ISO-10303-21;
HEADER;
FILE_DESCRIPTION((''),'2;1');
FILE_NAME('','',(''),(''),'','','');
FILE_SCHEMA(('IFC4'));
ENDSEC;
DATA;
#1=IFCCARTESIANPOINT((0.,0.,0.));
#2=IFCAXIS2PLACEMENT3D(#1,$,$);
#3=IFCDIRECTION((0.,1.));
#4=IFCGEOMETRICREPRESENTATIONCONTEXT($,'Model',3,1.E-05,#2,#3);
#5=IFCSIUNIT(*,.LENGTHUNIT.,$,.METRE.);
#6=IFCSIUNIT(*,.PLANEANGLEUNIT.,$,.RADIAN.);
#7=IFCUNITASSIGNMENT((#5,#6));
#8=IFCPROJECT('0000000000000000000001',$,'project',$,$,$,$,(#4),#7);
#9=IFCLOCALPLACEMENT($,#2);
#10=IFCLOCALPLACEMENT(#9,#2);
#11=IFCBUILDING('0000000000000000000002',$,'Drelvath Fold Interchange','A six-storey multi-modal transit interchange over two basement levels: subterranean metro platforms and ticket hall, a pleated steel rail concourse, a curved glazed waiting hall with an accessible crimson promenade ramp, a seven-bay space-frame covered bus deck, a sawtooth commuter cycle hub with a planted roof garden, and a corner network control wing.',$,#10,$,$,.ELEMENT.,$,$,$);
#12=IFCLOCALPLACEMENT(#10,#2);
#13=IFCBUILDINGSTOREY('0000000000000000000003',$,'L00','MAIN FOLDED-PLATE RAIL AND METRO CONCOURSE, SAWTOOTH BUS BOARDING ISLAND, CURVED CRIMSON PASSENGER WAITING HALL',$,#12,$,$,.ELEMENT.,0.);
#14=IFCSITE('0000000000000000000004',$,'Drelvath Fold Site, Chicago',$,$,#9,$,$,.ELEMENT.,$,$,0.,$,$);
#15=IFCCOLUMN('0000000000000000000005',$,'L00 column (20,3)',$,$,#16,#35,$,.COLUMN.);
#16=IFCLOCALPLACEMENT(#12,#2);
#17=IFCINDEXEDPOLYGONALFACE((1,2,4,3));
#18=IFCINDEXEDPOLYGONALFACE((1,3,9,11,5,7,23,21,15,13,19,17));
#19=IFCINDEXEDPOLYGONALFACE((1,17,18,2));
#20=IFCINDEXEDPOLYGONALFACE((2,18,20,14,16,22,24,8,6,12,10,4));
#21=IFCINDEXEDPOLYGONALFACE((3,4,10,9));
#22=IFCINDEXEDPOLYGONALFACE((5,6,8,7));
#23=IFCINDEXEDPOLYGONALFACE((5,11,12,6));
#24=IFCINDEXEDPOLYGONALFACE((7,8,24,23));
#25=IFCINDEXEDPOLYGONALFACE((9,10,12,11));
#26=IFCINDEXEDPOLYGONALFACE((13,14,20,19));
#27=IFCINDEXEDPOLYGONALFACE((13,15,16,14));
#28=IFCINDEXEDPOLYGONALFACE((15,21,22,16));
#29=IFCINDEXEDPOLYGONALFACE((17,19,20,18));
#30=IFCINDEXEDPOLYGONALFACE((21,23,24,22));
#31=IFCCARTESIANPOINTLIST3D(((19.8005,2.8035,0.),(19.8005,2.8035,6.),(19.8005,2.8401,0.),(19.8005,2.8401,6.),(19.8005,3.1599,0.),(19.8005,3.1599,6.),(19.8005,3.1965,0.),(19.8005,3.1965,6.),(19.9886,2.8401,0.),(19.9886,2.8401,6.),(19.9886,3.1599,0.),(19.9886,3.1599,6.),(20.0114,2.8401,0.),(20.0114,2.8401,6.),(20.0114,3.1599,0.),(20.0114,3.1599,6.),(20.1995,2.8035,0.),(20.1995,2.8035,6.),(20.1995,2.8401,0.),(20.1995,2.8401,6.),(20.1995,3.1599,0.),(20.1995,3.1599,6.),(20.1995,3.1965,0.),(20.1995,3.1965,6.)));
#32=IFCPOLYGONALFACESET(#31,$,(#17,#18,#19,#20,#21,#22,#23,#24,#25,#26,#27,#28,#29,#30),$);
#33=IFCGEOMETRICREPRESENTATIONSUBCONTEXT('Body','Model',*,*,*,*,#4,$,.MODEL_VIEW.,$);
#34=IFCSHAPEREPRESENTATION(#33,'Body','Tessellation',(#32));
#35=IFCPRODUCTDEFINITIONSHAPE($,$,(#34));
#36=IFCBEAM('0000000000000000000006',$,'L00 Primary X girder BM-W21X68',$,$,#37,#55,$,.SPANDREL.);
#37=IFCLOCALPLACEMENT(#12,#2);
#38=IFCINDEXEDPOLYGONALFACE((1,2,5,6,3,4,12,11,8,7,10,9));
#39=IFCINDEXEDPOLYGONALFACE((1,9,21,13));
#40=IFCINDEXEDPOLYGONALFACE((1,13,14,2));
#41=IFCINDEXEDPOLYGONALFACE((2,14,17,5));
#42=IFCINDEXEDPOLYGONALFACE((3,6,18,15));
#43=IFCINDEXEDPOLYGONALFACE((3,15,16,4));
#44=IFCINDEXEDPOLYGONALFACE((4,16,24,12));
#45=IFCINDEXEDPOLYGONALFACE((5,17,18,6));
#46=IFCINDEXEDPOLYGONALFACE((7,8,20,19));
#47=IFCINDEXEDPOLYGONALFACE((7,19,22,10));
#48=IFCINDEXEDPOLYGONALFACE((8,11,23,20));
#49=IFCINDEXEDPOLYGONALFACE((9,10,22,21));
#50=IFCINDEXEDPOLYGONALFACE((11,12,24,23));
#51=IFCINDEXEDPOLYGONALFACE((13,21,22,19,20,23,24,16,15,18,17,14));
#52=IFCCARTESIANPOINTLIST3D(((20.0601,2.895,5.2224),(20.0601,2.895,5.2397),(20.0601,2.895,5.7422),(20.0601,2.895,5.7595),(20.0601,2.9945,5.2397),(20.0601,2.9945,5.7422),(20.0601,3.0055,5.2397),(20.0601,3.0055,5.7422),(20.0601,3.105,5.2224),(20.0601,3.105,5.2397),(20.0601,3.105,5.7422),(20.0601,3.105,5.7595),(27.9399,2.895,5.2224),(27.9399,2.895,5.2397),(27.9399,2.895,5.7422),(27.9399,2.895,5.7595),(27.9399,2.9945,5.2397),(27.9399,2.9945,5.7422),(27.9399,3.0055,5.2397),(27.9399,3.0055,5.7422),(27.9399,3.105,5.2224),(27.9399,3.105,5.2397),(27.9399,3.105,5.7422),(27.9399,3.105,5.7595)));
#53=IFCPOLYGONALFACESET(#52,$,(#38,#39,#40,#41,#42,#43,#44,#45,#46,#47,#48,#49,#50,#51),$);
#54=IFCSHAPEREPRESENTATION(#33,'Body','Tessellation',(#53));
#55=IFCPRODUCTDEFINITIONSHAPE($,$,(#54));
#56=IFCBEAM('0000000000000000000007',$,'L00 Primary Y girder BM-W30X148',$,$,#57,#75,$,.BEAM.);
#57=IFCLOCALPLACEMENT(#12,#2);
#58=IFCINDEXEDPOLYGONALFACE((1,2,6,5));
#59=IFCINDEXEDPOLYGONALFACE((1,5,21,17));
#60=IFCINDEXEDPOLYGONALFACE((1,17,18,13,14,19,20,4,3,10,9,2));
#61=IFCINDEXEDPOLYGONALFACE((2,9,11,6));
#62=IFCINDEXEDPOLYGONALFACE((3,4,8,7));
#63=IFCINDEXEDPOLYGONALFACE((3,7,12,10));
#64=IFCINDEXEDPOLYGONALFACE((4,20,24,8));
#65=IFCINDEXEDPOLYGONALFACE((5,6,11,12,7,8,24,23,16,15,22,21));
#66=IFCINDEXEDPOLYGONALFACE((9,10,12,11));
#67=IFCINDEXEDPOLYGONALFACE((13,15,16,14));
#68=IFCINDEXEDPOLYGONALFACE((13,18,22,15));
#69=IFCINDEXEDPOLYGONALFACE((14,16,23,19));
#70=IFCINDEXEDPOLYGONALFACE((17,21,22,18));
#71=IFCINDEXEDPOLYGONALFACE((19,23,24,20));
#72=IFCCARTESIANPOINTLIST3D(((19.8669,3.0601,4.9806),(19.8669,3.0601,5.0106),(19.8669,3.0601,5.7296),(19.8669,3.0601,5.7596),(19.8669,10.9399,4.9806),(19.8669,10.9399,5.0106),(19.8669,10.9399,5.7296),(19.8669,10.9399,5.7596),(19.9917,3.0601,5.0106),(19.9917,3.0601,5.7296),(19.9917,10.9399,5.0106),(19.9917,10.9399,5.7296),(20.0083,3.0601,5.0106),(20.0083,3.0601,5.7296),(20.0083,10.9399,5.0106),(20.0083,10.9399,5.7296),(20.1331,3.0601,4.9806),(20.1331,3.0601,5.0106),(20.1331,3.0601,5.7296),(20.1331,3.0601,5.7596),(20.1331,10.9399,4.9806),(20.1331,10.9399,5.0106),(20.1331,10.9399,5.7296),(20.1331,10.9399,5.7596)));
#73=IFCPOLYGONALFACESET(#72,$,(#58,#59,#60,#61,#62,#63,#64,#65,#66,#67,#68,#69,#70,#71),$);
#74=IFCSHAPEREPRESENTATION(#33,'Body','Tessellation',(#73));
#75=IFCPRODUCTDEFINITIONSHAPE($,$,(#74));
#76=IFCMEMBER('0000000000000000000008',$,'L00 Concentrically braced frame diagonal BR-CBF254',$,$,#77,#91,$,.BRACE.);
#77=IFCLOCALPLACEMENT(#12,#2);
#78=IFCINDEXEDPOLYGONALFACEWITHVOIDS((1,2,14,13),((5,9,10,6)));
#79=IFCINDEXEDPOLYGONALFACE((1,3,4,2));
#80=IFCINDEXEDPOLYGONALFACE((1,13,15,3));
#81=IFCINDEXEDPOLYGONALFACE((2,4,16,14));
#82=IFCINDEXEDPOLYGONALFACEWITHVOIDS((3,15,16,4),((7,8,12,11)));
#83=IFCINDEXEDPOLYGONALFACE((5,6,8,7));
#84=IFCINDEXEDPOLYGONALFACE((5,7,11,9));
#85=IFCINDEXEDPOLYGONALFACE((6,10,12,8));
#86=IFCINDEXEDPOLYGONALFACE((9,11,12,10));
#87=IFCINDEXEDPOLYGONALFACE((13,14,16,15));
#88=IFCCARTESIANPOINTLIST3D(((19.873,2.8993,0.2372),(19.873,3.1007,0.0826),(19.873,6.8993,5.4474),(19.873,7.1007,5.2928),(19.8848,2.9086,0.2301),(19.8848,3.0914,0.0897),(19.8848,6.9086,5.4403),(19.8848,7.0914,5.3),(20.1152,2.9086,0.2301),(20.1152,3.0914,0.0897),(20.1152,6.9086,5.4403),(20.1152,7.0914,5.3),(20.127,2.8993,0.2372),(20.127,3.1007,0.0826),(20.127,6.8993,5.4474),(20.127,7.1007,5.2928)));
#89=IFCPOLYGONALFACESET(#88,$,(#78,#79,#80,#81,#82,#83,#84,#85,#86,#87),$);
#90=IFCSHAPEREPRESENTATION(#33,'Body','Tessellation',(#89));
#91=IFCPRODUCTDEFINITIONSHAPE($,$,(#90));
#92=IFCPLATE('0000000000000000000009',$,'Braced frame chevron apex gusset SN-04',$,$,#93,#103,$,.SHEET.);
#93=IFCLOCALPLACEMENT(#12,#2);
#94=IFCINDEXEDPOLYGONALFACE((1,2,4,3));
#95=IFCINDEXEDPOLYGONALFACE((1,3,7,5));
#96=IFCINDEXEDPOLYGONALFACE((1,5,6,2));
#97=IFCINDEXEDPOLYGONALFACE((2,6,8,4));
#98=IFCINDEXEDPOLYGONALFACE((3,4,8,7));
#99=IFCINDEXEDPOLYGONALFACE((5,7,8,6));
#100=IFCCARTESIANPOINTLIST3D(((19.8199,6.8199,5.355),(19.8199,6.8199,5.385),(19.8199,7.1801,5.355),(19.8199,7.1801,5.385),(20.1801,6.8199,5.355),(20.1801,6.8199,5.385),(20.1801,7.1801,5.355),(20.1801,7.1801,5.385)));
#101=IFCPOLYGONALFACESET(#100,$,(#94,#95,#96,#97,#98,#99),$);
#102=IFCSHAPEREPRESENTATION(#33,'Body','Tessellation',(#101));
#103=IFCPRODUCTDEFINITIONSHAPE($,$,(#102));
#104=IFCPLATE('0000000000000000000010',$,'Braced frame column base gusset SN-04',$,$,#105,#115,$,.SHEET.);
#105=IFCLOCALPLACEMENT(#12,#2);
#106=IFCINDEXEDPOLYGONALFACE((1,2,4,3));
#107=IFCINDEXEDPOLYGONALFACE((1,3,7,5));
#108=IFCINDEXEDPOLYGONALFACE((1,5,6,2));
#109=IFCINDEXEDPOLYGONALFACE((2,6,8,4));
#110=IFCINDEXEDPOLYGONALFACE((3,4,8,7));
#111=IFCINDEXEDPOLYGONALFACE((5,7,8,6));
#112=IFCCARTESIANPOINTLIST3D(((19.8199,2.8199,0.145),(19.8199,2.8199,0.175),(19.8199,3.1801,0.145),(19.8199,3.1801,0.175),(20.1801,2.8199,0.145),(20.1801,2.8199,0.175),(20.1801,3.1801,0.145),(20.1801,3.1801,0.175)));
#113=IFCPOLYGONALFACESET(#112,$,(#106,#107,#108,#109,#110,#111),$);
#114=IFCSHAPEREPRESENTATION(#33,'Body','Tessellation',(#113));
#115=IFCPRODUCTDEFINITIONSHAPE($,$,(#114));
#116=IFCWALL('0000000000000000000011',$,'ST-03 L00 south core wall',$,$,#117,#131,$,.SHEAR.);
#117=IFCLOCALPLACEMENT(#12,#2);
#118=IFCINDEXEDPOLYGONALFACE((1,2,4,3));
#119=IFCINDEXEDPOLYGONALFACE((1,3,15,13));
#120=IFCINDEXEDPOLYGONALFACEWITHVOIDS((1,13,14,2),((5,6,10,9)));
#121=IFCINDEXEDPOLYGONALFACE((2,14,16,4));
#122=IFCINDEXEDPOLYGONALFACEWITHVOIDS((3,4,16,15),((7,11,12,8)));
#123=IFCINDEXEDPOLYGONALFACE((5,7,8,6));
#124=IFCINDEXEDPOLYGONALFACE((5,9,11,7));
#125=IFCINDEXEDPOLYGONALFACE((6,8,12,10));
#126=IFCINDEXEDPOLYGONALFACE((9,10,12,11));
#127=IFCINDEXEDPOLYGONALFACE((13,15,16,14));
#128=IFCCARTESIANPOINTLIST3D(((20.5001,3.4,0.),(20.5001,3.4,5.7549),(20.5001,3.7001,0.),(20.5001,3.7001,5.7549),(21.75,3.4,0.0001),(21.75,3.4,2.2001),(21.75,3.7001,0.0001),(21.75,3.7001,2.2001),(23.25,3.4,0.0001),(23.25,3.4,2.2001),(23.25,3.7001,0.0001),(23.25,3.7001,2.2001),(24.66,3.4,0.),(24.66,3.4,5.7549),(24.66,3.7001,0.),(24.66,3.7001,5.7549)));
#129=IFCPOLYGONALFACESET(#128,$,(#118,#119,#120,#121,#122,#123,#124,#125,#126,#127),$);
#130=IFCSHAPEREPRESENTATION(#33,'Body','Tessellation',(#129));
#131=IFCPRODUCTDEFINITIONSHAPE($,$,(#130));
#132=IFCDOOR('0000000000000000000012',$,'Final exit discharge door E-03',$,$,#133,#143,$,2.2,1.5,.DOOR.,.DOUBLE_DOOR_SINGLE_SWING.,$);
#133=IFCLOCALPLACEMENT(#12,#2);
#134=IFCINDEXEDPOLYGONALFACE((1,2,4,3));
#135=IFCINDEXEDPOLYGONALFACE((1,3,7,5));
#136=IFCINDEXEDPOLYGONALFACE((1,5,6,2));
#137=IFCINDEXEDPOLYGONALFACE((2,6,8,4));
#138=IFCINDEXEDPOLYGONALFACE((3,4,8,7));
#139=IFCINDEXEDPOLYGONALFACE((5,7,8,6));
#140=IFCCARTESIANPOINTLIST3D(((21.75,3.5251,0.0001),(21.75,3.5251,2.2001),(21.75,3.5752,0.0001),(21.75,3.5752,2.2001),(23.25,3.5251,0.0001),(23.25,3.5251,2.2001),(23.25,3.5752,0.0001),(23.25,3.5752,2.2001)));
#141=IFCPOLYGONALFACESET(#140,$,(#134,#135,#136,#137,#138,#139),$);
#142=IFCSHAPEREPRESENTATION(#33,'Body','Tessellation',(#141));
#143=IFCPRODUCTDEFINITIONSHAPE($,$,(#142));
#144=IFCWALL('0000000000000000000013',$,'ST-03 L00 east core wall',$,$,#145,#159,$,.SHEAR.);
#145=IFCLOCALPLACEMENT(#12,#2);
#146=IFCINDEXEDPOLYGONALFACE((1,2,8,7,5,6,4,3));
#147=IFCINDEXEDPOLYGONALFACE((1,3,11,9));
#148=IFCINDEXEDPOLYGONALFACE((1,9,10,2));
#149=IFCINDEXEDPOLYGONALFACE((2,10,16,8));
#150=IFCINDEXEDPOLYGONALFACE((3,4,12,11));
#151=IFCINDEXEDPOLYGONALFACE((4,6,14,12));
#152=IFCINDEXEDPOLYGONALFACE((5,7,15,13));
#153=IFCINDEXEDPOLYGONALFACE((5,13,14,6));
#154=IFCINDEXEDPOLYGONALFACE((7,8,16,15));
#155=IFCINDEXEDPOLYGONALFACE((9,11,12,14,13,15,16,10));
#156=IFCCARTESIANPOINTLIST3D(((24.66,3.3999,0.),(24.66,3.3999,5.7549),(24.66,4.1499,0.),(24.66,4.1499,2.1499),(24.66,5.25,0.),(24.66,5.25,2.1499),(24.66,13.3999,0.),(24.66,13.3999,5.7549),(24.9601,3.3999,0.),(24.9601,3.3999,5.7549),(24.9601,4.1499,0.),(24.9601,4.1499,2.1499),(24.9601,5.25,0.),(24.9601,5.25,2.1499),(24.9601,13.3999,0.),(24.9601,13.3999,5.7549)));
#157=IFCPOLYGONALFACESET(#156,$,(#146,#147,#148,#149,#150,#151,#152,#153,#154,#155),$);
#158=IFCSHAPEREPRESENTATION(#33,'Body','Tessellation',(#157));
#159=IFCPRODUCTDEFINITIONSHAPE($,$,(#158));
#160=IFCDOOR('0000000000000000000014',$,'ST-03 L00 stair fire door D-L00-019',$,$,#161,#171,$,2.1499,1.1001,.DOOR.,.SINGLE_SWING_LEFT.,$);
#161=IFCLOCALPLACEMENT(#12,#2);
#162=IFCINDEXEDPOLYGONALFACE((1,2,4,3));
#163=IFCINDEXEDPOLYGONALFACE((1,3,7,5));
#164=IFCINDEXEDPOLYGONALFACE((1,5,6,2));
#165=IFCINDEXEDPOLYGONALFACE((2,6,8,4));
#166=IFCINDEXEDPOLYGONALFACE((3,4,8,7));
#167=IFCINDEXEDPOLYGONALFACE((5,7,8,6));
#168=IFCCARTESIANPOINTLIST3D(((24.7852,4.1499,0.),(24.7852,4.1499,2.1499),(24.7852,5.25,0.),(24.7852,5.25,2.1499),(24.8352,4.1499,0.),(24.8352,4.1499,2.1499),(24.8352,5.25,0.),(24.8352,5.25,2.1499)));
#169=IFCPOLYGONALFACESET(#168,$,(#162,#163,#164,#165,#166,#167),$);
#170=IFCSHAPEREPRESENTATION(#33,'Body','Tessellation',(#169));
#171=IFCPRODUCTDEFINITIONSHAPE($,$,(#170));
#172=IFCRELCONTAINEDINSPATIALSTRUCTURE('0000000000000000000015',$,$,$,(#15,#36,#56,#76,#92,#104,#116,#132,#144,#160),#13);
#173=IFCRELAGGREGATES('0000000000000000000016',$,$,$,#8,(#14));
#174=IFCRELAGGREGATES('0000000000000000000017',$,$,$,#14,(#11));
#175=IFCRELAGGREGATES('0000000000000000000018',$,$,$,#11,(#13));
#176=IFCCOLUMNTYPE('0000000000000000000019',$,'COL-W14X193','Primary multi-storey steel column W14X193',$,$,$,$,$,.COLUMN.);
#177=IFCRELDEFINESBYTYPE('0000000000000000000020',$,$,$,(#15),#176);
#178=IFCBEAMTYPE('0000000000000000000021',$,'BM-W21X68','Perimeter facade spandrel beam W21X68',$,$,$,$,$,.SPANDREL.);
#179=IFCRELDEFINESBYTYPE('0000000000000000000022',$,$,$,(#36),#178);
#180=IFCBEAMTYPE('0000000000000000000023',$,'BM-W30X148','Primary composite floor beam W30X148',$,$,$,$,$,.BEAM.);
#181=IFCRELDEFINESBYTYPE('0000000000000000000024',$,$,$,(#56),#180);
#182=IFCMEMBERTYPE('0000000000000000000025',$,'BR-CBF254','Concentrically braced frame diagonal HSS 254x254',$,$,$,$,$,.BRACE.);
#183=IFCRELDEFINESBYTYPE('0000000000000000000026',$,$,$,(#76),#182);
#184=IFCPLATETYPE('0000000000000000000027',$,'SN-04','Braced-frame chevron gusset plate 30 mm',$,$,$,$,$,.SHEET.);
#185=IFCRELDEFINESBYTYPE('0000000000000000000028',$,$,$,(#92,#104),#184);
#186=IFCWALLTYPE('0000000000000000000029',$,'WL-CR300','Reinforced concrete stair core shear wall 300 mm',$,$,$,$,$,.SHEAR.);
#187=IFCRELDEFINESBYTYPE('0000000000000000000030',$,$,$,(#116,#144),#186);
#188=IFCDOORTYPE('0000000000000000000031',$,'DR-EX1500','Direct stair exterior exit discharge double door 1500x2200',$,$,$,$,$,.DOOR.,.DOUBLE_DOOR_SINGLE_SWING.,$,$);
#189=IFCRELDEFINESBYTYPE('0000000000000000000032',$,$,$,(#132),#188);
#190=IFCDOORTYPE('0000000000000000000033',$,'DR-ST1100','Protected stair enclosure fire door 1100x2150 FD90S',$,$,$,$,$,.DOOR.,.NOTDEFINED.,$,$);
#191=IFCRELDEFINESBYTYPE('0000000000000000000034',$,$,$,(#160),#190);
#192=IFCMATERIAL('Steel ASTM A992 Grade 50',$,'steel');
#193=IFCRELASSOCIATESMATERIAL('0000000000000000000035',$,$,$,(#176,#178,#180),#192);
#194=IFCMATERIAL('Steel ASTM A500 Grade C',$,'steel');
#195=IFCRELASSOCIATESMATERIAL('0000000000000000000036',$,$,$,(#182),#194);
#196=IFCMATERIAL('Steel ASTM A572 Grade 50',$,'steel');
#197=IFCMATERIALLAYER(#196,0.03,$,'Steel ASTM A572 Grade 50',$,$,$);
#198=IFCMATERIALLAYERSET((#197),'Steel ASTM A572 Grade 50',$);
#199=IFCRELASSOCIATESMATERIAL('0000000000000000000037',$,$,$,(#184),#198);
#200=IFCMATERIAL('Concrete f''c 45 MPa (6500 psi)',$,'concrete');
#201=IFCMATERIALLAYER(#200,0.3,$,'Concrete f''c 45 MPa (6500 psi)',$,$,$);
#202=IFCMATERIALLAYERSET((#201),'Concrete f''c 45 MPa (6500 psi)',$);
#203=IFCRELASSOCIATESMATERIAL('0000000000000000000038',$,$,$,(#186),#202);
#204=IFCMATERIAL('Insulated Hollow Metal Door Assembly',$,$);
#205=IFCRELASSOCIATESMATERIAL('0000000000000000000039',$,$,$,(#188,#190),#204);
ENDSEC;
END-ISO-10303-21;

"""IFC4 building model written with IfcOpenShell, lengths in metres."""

from ifc_helpers import new_model, si_unit, direction, frame, frame_2d, origin, origin_2d, place, context, subcontext, project, spatial, rectangle, hollow_rectangle, i_section, extrude, material, layer, layer_set, material_profile, profile_set, type_object, element, fill, save


model = new_model("IFC4")

# Units and contexts
model_context = context("Model", 3, precision=1e-05, world=origin(), true_north=direction((0.0, 1.0)))
body_context = subcontext(model_context, "Body", "Model", "MODEL_VIEW")
ifc_project = project(units=[si_unit("LENGTHUNIT", "METRE"), si_unit("PLANEANGLEUNIT", "RADIAN")], contexts=[model_context])

# Site, building, storey
site_placement = place(None, origin())
site = spatial("IfcSite", under=ifc_project, at=site_placement, Name="Drelvath Fold Site, Chicago", CompositionType="ELEMENT", RefElevation=0.0)
building_placement = place(site_placement, origin())
building = spatial("IfcBuilding", under=site, at=building_placement, Name="Drelvath Fold Interchange", Description="A six-storey multi-modal transit interchange over two basement levels: subterranean metro platforms and ticket hall, a pleated steel rail concourse, a curved glazed waiting hall with an accessible crimson promenade ramp, a seven-bay space-frame covered bus deck, a sawtooth commuter cycle hub with a planted roof garden, and a corner network control wing.", CompositionType="ELEMENT")
storey_placement = place(building_placement, origin())
storey = spatial("IfcBuildingStorey", under=building, at=storey_placement, Name="L00", Description="MAIN FOLDED-PLATE RAIL AND METRO CONCOURSE, SAWTOOTH BUS BOARDING ISLAND, CURVED CRIMSON PASSENGER WAITING HALL", CompositionType="ELEMENT", Elevation=0.0)

# Column
ifc_material_1 = material(Name="Steel ASTM A992 Grade 50", Category="steel")
ifc_material_profile_1 = material_profile(ifc_material_1, i_section(OverallWidth=0.3989, OverallDepth=0.3931, WebThickness=0.0227, FlangeThickness=0.0366, at=origin_2d()), Name="W14X193")
ifc_profile_set_1 = profile_set([ifc_material_profile_1], Name="Steel ASTM A992 Grade 50")
column_type = type_object("IfcColumnType", Name="COL-W14X193", Description="Primary multi-storey steel column W14X193", PredefinedType="COLUMN", material=ifc_profile_set_1)
column_placement = place(storey_placement, frame((20.0, 3.0, 0.0), z_axis=(0.0, 0.0, 1.0), x_axis=(1.0, 0.0, 0.0)))
element("IfcColumn", 1, at=column_placement, inside=storey, type_object=column_type, Name="L00 column (20,3)", PredefinedType="COLUMN", context=body_context, shape_type="SweptSolid", body=[
    extrude(i_section(OverallWidth=0.3989, OverallDepth=0.3931, WebThickness=0.0227, FlangeThickness=0.0366, at=origin_2d()), origin(), (0.0, 0.0, 1.0), 6.0),
])

# Beams
ifc_material_profile_2 = material_profile(ifc_material_1, i_section(OverallWidth=0.21, OverallDepth=0.5371, WebThickness=0.011, FlangeThickness=0.0173, at=origin_2d()), Name="W21X68")
ifc_profile_set_2 = profile_set([ifc_material_profile_2], Name="Steel ASTM A992 Grade 50")
beam_type_1 = type_object("IfcBeamType", Name="BM-W21X68", Description="Perimeter facade spandrel beam W21X68", PredefinedType="SPANDREL", material=ifc_profile_set_2)
beam_1_placement = place(storey_placement, frame((20.0601, 3.0, 5.491), z_axis=(1.0, 0.0, 0.0), x_axis=(0.0, 1.0, 0.0)))
element("IfcBeam", 2, at=beam_1_placement, inside=storey, type_object=beam_type_1, Name="L00 Primary X girder BM-W21X68", PredefinedType="SPANDREL", context=body_context, shape_type="SweptSolid", body=[
    extrude(i_section(OverallWidth=0.21, OverallDepth=0.5371, WebThickness=0.011, FlangeThickness=0.0173, at=origin_2d()), origin(), (0.0, 0.0, 1.0), 7.8799),
])
ifc_material_profile_3 = material_profile(ifc_material_1, i_section(OverallWidth=0.2661, OverallDepth=0.7791, WebThickness=0.0166, FlangeThickness=0.03, at=origin_2d()), Name="W30X148")
ifc_profile_set_3 = profile_set([ifc_material_profile_3], Name="Steel ASTM A992 Grade 50")
beam_type_2 = type_object("IfcBeamType", Name="BM-W30X148", Description="Primary composite floor beam W30X148", PredefinedType="BEAM", material=ifc_profile_set_3)
beam_2_placement = place(storey_placement, frame((20.0, 3.0601, 5.3701), z_axis=(0.0, 1.0, 0.0), x_axis=(-1.0, 0.0, 0.0)))
element("IfcBeam", 3, at=beam_2_placement, inside=storey, type_object=beam_type_2, Name="L00 Primary Y girder BM-W30X148", PredefinedType="BEAM", context=body_context, shape_type="SweptSolid", body=[
    extrude(i_section(OverallWidth=0.2661, OverallDepth=0.7791, WebThickness=0.0166, FlangeThickness=0.03, at=origin_2d()), origin(), (0.0, 0.0, 1.0), 7.8799),
])

# Member
ifc_material_2 = material(Name="Steel ASTM A500 Grade C", Category="steel")
ifc_material_profile_4 = material_profile(ifc_material_2, hollow_rectangle(XDim=0.2539, YDim=0.2539, WallThickness=0.0117, at=origin_2d()), Name="HSS10X10X1/2")
ifc_profile_set_4 = profile_set([ifc_material_profile_4], Name="Steel ASTM A500 Grade C")
member_type = type_object("IfcMemberType", Name="BR-CBF254", Description="Concentrically braced frame diagonal HSS 254x254", PredefinedType="BRACE", material=ifc_profile_set_4)
member_placement = place(storey_placement, frame((20.0, 3.0, 0.1599), z_axis=(0.0, 0.60896, 0.793201), x_axis=(-1.0, 0.0, 0.0)))
element("IfcMember", 4, at=member_placement, inside=storey, type_object=member_type, Name="L00 Concentrically braced frame diagonal BR-CBF254", PredefinedType="BRACE", context=body_context, shape_type="SweptSolid", body=[
    extrude(hollow_rectangle(XDim=0.2539, YDim=0.2539, WallThickness=0.0117, at=origin_2d()), origin(), (0.0, 0.0, 1.0), 6.5686),
])

# Plates
ifc_material_3 = material(Name="Steel ASTM A572 Grade 50", Category="steel")
ifc_layer_1 = layer(ifc_material_3, 0.03, Name="Steel ASTM A572 Grade 50")
ifc_layer_set_1 = layer_set([ifc_layer_1], Name="Steel ASTM A572 Grade 50")
plate_type = type_object("IfcPlateType", Name="SN-04", Description="Braced-frame chevron gusset plate 30 mm", PredefinedType="SHEET", material=ifc_layer_set_1)
for number, where, z_axis, x_axis, name in (
    (5, (20.0, 7.0, 5.355), (0.0, 0.0, 1.0), (1.0, 0.0, 0.0), "Braced frame chevron apex gusset SN-04"),
    (6, (20.0, 3.0, 0.145), (0.0, 0.0, 1.0), (1.0, 0.0, 0.0), "Braced frame column base gusset SN-04"),
):
    element("IfcPlate", number, at=place(storey_placement, frame(where, z_axis=z_axis, x_axis=x_axis)), inside=storey, type_object=plate_type, Name=name, PredefinedType="SHEET", context=body_context, shape_type="SweptSolid", body=[
        extrude(rectangle(XDim=0.3601, YDim=0.3601, at=origin_2d()), origin(), (0.0, 0.0, 1.0), 0.03),
    ])

# Walls, openings, doors
ifc_material_4 = material(Name="Concrete f'c 45 MPa (6500 psi)", Category="concrete")
ifc_layer_2 = layer(ifc_material_4, 0.3, Name="Concrete f'c 45 MPa (6500 psi)")
ifc_layer_set_2 = layer_set([ifc_layer_2], Name="Concrete f'c 45 MPa (6500 psi)")
wall_type_1 = type_object("IfcWallType", Name="WL-CR300", Description="Reinforced concrete stair core shear wall 300 mm", PredefinedType="SHEAR", material=ifc_layer_set_2)
wall_1_placement = place(storey_placement, frame((20.5, 3.55, 0.0), z_axis=(0.0, 0.0, 1.0), x_axis=(1.0, 0.0, 0.0)))
wall_1 = element("IfcWall", 7, at=wall_1_placement, inside=storey, type_object=wall_type_1, Name="ST-03 L00 south core wall", PredefinedType="SHEAR", context=body_context, shape_type="SweptSolid", body=[
    extrude(rectangle(XDim=4.1599, YDim=0.3, at=frame_2d((2.0801, 0.0))), origin(), (0.0, 0.0, 1.0), 5.7549),
])
opening_1_placement = place(wall_1_placement, frame((1.25, 0.0, 0.0)))
opening_1 = element("IfcOpeningElement", 8, at=opening_1_placement, cuts=wall_1, PredefinedType="OPENING", context=body_context, shape_type="SweptSolid", body=[
    extrude(rectangle(XDim=1.5, YDim=2.2, at=frame_2d((0.75, 1.1001))), frame((0.0, 0.1599, 0.0), z_axis=(0.0, -1.0, 0.0), x_axis=(1.0, 0.0, 0.0)), (0.0, 0.0, 1.0), 0.3201),
])
ifc_material_5 = material(Name="Insulated Hollow Metal Door Assembly")
door_type_1 = type_object("IfcDoorType", Name="DR-EX1500", Description="Direct stair exterior exit discharge double door 1500x2200", OperationType="DOUBLE_DOOR_SINGLE_SWING", PredefinedType="DOOR", material=ifc_material_5)
door_1_placement = place(opening_1_placement, frame((1.5, 0.0, 0.0), z_axis=(0.0, 0.0, 1.0), x_axis=(-1.0, 0.0, 0.0)))
door_1 = element("IfcDoor", 9, at=door_1_placement, inside=storey, type_object=door_type_1, Name="Final exit discharge door E-03", OperationType="DOUBLE_DOOR_SINGLE_SWING", OverallHeight=2.2, OverallWidth=1.5, PredefinedType="DOOR", context=body_context, shape_type="SweptSolid", body=[
    extrude(rectangle(XDim=1.5, YDim=2.2, at=frame_2d((0.75, 1.1001))), frame((0.0, 0.0249, 0.0), z_axis=(0.0, -1.0, 0.0), x_axis=(1.0, 0.0, 0.0)), (0.0, 0.0, 1.0), 0.05),
])
fill(opening_1, door_1)
wall_2_placement = place(storey_placement, frame((24.8101, 3.3999, 0.0), z_axis=(0.0, 0.0, 1.0), x_axis=(0.0, 1.0, 0.0)))
wall_2 = element("IfcWall", 10, at=wall_2_placement, inside=storey, type_object=wall_type_1, Name="ST-03 L00 east core wall", PredefinedType="SHEAR", context=body_context, shape_type="SweptSolid", body=[
    extrude(rectangle(XDim=10.0, YDim=0.3, at=frame_2d((5.0, 0.0))), origin(), (0.0, 0.0, 1.0), 5.7549),
])
opening_2_placement = place(wall_2_placement, frame((0.75, 0.0, 0.0)))
opening_2 = element("IfcOpeningElement", 11, at=opening_2_placement, cuts=wall_2, PredefinedType="OPENING", context=body_context, shape_type="SweptSolid", body=[
    extrude(rectangle(XDim=1.1001, YDim=2.1499, at=frame_2d((0.55, 1.075))), frame((0.0, 0.1599, 0.0), z_axis=(0.0, -1.0, 0.0), x_axis=(1.0, 0.0, 0.0)), (0.0, 0.0, 1.0), 0.3201),
])
door_type_2 = type_object("IfcDoorType", Name="DR-ST1100", Description="Protected stair enclosure fire door 1100x2150 FD90S", OperationType="NOTDEFINED", PredefinedType="DOOR", material=ifc_material_5)
door_2_placement = place(opening_2_placement, origin())
door_2 = element("IfcDoor", 12, at=door_2_placement, inside=storey, type_object=door_type_2, Name="ST-03 L00 stair fire door D-L00-019", OperationType="SINGLE_SWING_LEFT", OverallHeight=2.1499, OverallWidth=1.1001, PredefinedType="DOOR", context=body_context, shape_type="SweptSolid", body=[
    extrude(rectangle(XDim=1.1001, YDim=2.1499, at=frame_2d((0.55, 1.075))), frame((0.0, 0.0249, 0.0), z_axis=(0.0, -1.0, 0.0), x_axis=(1.0, 0.0, 0.0)), (0.0, 0.0, 1.0), 0.05),
])
fill(opening_2, door_2)

save(model, "model.ifc")
